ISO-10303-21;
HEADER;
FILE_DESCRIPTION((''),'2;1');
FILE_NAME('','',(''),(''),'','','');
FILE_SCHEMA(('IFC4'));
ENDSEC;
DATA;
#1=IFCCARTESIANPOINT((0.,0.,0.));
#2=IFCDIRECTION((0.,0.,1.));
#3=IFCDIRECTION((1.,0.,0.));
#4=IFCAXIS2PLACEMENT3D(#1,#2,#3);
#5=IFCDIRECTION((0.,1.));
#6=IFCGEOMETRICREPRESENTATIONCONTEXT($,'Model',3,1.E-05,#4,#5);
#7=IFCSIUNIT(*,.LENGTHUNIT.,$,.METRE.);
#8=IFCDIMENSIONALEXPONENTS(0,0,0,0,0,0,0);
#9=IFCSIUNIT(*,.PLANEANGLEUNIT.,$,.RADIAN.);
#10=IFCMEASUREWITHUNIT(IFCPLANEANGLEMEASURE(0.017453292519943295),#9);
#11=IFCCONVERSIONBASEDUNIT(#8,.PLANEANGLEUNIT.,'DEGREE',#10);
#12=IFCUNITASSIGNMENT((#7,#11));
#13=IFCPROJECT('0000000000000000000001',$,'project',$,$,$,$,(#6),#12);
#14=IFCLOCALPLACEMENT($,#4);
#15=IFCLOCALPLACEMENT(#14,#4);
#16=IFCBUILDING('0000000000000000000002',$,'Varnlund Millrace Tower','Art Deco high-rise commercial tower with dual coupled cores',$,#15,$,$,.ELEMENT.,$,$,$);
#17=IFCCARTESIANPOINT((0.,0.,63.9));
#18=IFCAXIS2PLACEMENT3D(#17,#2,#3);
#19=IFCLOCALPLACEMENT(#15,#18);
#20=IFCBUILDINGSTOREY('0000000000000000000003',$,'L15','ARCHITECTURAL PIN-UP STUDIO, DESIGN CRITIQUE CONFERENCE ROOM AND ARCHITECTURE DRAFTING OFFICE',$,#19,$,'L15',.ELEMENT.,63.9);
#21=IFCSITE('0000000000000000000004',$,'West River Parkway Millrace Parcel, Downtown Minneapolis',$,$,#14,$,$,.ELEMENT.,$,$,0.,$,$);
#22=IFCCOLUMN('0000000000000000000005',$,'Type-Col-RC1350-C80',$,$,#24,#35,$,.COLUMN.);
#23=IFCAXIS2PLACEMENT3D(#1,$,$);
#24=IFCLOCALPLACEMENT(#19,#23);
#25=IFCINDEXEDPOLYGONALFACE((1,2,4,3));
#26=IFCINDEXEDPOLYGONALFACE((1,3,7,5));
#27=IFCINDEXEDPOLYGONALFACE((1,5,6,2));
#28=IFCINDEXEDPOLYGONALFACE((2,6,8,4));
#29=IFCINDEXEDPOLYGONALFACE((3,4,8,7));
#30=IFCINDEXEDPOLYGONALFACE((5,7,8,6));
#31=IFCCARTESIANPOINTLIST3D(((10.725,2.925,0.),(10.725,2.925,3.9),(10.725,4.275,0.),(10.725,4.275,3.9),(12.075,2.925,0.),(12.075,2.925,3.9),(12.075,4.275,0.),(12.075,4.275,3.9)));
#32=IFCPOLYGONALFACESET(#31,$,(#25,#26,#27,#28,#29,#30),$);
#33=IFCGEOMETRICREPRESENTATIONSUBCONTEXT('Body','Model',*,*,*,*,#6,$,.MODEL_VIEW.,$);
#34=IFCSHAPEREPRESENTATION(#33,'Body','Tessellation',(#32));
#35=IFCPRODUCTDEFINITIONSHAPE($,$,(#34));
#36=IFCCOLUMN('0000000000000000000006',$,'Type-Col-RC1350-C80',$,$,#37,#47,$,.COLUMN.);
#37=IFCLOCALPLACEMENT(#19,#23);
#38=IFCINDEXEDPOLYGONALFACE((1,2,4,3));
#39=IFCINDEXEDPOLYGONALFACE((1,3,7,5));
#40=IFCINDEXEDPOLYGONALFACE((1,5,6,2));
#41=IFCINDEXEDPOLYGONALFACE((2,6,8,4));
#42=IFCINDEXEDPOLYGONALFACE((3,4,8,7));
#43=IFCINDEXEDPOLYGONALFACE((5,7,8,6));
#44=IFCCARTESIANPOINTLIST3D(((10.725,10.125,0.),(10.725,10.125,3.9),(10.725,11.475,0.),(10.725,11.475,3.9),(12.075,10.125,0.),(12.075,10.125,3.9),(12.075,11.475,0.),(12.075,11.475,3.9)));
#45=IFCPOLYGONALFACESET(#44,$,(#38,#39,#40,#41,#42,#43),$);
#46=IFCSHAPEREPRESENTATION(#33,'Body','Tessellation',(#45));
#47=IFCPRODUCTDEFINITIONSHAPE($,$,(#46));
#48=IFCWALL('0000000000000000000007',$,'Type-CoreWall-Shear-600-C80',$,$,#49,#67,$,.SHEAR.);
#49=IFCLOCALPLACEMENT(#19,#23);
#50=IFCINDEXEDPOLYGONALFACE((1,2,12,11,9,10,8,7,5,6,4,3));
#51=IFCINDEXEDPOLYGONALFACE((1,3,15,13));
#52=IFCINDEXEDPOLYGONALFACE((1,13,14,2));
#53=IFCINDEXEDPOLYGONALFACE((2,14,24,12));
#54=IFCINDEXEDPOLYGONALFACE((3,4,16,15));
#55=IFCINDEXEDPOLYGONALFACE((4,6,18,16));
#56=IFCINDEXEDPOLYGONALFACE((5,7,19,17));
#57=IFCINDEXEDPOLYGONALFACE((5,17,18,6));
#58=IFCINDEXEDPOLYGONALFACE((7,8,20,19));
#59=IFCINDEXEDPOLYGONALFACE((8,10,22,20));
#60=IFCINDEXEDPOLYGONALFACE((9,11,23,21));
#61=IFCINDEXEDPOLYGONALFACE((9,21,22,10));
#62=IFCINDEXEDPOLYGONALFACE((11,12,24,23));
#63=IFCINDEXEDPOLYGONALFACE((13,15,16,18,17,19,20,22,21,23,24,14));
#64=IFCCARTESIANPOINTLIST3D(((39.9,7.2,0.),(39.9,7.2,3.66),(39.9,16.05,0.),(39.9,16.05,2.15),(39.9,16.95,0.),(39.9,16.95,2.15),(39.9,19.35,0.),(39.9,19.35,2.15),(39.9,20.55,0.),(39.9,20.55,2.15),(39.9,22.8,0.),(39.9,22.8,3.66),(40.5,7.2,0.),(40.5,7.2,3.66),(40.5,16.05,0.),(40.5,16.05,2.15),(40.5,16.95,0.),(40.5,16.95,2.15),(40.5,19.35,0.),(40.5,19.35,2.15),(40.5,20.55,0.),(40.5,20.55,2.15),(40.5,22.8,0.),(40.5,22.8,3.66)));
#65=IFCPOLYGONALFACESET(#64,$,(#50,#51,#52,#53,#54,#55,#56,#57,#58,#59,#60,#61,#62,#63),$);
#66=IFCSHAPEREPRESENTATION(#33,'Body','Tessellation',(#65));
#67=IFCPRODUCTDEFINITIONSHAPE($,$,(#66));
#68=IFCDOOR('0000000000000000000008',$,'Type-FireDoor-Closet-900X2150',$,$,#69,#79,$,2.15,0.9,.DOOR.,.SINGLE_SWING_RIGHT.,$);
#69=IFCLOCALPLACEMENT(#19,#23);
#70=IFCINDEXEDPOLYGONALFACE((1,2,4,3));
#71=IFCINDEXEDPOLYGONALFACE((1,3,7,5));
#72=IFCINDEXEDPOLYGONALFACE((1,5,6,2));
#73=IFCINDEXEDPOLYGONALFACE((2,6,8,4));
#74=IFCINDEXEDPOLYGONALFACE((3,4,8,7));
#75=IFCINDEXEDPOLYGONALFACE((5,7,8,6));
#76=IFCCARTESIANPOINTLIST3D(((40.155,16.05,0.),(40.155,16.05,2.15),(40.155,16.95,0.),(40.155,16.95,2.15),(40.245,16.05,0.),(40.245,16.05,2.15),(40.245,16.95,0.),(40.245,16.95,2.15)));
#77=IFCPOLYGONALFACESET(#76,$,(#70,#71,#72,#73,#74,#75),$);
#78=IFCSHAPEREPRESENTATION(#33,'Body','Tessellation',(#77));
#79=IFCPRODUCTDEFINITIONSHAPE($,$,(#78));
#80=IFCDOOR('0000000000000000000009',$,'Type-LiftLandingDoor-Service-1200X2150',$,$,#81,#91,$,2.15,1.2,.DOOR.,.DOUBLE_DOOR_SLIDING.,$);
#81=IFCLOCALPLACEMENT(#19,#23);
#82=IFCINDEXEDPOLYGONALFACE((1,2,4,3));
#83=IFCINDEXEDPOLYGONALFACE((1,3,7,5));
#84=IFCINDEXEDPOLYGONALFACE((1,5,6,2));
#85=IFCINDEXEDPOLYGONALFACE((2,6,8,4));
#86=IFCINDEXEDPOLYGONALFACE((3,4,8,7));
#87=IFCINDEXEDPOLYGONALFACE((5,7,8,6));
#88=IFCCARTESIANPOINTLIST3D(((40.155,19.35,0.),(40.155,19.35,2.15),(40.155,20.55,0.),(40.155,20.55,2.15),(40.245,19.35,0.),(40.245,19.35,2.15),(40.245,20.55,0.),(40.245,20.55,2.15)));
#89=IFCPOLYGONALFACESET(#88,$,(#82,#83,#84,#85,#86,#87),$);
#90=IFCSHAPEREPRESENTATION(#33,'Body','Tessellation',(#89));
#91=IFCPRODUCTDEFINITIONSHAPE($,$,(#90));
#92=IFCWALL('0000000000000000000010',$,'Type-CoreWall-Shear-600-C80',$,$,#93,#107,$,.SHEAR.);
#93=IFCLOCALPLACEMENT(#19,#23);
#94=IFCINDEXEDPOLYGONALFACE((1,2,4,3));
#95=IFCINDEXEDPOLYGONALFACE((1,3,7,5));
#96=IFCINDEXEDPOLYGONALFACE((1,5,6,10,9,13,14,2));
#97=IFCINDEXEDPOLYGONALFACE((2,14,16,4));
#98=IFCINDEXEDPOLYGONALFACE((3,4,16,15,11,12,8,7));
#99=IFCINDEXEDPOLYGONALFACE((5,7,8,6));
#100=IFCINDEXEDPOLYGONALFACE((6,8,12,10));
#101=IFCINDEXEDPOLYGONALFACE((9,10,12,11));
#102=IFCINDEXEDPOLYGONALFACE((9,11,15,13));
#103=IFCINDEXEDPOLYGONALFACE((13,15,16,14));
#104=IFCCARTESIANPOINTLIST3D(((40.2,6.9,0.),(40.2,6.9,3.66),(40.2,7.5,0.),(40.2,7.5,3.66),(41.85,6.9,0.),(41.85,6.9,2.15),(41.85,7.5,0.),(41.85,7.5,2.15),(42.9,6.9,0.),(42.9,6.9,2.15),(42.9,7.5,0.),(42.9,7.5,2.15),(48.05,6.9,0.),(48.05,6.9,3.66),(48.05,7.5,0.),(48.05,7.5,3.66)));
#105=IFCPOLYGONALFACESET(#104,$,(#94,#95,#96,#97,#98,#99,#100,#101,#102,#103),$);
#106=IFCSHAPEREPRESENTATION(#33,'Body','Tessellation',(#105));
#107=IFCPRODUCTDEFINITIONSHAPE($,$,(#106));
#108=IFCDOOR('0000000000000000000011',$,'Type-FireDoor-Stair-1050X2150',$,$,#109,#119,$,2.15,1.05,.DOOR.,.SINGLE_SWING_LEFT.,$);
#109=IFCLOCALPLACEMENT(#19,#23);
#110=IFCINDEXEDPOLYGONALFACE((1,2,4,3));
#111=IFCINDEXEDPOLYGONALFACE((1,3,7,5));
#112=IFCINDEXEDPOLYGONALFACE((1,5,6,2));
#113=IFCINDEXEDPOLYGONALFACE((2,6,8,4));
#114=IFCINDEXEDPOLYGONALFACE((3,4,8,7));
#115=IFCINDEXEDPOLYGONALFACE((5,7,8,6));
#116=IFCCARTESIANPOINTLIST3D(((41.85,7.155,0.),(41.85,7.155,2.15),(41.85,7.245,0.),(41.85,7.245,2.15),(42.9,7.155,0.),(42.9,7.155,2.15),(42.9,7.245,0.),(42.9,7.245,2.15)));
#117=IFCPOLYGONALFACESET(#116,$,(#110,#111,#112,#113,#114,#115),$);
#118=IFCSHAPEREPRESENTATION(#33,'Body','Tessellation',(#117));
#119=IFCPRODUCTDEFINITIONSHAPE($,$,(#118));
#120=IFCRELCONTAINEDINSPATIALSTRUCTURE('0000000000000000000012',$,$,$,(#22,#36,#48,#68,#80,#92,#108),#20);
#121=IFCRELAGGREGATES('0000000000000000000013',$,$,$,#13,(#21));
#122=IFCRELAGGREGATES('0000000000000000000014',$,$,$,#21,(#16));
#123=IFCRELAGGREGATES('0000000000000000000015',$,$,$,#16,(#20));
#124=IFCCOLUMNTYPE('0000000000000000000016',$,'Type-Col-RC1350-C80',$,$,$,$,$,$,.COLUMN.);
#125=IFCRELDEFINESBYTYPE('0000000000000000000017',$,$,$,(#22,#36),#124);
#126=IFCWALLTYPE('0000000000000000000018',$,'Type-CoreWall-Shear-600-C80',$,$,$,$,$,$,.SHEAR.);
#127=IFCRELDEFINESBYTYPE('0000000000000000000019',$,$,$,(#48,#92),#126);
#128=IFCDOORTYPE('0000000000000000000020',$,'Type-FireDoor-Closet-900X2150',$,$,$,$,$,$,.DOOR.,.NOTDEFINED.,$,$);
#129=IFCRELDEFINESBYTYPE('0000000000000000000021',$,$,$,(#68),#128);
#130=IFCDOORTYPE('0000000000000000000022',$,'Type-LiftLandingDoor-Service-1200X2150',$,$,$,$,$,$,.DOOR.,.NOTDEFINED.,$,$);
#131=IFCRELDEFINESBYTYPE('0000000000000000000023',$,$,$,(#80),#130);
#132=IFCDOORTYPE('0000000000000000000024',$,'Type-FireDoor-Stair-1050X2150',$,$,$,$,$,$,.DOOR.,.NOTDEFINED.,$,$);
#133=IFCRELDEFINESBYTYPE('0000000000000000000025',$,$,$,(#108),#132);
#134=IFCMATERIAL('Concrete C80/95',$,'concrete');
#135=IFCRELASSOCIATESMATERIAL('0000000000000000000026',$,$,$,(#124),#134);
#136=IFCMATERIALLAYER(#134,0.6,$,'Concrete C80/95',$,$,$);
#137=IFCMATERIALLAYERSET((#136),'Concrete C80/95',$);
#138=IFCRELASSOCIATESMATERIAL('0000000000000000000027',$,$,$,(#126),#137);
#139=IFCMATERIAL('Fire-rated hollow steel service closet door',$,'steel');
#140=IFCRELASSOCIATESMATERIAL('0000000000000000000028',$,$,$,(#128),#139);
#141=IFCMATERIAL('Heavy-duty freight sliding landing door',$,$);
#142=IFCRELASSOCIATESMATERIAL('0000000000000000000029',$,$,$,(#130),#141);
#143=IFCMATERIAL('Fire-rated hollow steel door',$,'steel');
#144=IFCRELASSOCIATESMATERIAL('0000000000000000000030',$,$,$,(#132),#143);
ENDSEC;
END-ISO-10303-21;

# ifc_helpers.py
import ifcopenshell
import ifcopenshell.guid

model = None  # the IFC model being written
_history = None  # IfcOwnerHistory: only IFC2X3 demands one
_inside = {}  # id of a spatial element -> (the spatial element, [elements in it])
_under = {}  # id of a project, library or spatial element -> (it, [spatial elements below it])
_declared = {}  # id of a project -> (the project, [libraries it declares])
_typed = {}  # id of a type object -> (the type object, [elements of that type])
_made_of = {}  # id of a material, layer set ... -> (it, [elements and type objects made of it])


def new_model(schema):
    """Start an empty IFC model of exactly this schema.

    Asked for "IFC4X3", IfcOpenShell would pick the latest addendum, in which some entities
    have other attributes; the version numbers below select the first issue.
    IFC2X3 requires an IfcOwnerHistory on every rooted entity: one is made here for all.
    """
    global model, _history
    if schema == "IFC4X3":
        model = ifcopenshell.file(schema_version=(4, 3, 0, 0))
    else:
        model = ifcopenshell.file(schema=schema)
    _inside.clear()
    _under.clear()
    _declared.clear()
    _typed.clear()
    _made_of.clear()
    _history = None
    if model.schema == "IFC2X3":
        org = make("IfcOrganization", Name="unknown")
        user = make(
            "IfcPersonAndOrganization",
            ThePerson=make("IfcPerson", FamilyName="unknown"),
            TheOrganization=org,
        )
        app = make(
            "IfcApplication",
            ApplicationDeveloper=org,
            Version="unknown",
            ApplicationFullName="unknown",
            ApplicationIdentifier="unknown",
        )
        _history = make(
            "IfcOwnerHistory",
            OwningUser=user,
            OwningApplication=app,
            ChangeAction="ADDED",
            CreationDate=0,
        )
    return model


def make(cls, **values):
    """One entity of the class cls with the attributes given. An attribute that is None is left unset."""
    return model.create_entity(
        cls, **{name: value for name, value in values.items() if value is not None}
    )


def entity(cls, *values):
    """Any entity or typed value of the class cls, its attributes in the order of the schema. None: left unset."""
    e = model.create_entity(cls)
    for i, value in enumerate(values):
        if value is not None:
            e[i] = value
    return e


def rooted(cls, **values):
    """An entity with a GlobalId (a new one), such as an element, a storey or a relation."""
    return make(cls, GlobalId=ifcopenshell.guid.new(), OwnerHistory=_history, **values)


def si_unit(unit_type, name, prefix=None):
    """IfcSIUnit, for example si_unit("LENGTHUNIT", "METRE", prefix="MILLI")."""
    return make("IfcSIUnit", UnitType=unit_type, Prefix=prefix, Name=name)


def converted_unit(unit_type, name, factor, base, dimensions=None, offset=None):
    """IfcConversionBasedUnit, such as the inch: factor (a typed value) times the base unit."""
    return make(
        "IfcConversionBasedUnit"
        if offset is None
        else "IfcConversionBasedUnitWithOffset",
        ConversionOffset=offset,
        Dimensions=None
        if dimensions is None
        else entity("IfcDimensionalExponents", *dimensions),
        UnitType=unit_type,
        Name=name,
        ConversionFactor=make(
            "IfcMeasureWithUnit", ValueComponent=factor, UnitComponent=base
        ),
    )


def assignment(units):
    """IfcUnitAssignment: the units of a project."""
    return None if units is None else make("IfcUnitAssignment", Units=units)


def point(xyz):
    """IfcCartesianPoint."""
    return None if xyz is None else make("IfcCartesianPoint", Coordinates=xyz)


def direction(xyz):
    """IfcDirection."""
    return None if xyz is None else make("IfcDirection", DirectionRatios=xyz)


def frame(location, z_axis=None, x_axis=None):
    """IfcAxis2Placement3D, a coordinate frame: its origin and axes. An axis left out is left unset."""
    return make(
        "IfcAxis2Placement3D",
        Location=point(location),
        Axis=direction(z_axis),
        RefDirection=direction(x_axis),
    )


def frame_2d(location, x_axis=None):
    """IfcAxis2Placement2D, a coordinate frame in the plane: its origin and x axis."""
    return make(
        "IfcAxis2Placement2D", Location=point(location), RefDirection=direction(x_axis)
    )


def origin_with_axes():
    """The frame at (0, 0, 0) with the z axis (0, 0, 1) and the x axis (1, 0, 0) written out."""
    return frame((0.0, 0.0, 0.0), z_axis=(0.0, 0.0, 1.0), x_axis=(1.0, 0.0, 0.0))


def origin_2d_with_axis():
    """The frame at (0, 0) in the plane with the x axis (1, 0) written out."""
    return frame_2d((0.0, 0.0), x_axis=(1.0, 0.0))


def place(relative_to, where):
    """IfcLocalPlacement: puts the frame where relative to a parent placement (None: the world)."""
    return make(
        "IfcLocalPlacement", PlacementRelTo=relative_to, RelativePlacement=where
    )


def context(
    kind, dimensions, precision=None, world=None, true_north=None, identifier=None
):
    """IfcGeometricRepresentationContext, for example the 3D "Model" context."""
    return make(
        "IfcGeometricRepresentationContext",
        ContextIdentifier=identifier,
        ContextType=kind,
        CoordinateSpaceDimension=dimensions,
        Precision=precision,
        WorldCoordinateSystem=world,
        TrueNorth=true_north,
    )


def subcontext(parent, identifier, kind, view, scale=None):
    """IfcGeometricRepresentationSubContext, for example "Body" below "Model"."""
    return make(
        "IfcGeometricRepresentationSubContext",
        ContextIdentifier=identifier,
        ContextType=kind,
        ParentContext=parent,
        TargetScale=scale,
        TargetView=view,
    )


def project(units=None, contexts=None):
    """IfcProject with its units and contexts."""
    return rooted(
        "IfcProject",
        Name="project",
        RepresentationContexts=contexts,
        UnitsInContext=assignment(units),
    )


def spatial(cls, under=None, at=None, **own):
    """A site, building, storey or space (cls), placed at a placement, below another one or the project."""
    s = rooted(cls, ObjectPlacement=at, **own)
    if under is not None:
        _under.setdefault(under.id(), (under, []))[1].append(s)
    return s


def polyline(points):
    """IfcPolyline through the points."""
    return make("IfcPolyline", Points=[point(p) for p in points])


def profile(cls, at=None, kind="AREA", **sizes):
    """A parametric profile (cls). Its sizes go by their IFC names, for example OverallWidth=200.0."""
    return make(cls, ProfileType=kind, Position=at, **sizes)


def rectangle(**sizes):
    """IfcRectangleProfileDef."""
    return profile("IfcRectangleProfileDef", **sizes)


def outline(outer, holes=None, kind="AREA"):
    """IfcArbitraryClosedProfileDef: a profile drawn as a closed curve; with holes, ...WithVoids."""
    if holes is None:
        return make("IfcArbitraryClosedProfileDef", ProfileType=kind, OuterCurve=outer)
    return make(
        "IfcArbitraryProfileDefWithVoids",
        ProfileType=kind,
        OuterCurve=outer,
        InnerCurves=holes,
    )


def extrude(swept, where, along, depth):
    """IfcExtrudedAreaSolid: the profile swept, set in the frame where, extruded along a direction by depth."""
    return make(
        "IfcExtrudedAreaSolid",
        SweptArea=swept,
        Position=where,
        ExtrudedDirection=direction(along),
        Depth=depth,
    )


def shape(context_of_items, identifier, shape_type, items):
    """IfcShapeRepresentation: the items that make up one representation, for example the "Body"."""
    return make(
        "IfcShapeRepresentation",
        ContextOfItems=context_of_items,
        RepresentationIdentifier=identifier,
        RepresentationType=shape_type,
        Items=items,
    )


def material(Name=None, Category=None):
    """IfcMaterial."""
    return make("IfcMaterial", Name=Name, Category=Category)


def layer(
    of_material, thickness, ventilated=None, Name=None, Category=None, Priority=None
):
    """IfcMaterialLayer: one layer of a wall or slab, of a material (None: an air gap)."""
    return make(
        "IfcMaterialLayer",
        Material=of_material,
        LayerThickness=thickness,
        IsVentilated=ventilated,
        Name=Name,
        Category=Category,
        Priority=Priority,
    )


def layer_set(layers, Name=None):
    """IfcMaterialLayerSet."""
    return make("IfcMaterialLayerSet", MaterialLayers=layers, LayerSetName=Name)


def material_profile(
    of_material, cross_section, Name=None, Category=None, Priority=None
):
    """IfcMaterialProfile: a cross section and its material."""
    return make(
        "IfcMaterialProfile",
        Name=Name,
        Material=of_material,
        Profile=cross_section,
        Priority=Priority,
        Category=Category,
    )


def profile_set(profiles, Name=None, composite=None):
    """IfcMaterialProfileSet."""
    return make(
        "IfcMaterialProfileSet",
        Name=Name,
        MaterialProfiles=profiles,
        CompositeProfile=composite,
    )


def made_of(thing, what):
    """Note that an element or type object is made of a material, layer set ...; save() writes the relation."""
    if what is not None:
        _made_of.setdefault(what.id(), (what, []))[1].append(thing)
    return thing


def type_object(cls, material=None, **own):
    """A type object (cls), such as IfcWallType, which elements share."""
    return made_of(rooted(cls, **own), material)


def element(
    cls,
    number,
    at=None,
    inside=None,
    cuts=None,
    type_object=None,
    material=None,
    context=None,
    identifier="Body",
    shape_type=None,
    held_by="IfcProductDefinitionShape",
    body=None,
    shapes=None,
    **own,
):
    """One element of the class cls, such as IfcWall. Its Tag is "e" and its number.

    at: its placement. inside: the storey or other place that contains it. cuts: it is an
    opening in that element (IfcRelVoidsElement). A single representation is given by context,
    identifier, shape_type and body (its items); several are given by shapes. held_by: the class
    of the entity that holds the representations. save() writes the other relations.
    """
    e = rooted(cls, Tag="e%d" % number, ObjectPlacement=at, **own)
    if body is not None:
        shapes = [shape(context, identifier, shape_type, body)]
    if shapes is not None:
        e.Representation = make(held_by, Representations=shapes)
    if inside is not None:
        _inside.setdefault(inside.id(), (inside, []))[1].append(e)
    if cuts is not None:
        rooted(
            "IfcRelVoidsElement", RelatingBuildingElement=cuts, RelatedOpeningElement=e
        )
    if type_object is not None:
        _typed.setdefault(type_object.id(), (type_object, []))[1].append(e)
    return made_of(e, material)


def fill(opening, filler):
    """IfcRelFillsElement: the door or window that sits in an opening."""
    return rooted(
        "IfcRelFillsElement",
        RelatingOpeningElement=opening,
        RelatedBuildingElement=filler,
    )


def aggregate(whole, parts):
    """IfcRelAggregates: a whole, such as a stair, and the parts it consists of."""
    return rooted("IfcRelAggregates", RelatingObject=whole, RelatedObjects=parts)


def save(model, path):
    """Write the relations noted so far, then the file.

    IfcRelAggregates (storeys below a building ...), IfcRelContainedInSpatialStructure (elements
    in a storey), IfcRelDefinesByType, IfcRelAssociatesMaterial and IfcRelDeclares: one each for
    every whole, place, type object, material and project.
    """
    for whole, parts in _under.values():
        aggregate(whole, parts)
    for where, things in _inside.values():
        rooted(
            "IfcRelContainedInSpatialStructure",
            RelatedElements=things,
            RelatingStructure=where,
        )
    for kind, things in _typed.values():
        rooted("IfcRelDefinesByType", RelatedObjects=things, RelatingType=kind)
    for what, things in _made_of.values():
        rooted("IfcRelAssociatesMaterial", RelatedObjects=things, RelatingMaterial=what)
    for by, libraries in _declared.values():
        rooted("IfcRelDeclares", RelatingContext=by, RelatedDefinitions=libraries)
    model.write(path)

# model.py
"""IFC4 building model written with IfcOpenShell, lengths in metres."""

from ifc_helpers import new_model, entity, si_unit, converted_unit, direction, frame, origin_with_axes, origin_2d_with_axis, place, context, subcontext, project, spatial, polyline, rectangle, outline, extrude, material, layer, layer_set, material_profile, profile_set, type_object, element, fill, save


model = new_model("IFC4")

# Units and contexts
model_context = context("Model", 3, precision=1e-05, world=origin_with_axes(), true_north=direction((0.0, 1.0)))
body_context = subcontext(model_context, "Body", "Model", "MODEL_VIEW")
ifc_project = project(units=[si_unit("LENGTHUNIT", "METRE"), converted_unit("PLANEANGLEUNIT", "DEGREE", entity("IfcPlaneAngleMeasure", 0.017453292519943295), si_unit("PLANEANGLEUNIT", "RADIAN"), dimensions=[0, 0, 0, 0, 0, 0, 0])], contexts=[model_context])

# Site, building, storey
site_placement = place(None, origin_with_axes())
site = spatial("IfcSite", under=ifc_project, at=site_placement, Name="West River Parkway Millrace Parcel, Downtown Minneapolis", CompositionType="ELEMENT", RefElevation=0.0)
building_placement = place(site_placement, origin_with_axes())
building = spatial("IfcBuilding", under=site, at=building_placement, Name="Varnlund Millrace Tower", Description="Art Deco high-rise commercial tower with dual coupled cores", CompositionType="ELEMENT")
storey_placement = place(building_placement, frame((0.0, 0.0, 63.9), z_axis=(0.0, 0.0, 1.0), x_axis=(1.0, 0.0, 0.0)))
storey = spatial("IfcBuildingStorey", under=building, at=storey_placement, Name="L15", Description="ARCHITECTURAL PIN-UP STUDIO, DESIGN CRITIQUE CONFERENCE ROOM AND ARCHITECTURE DRAFTING OFFICE", LongName="L15", CompositionType="ELEMENT", Elevation=63.9)

# Columns
ifc_material_1 = material(Name="Concrete C80/95", Category="concrete")
ifc_material_profile = material_profile(ifc_material_1, rectangle(XDim=1.35, YDim=1.35, at=origin_2d_with_axis()), Name="Concrete C80/95")
ifc_profile_set = profile_set([ifc_material_profile], Name="Concrete C80/95")
column_type = type_object("IfcColumnType", Name="Type-Col-RC1350-C80", PredefinedType="COLUMN", material=ifc_profile_set)
for number, where, z_axis, x_axis, name in (
    (1, (11.4, 3.6, 0.0), (0.0, 0.0, 1.0), (1.0, 0.0, 0.0), "Type-Col-RC1350-C80"),
    (2, (11.4, 10.8, 0.0), (0.0, 0.0, 1.0), (1.0, 0.0, 0.0), "Type-Col-RC1350-C80"),
):
    element("IfcColumn", number, at=place(storey_placement, frame(where, z_axis=z_axis, x_axis=x_axis)), inside=storey, type_object=column_type, Name=name, PredefinedType="COLUMN", context=body_context, shape_type="SweptSolid", body=[
        extrude(rectangle(XDim=1.35, YDim=1.35, at=origin_2d_with_axis()), origin_with_axes(), (0.0, 0.0, 1.0), 3.9),
    ])

# Wall, openings, doors
ifc_layer_1 = layer(ifc_material_1, 0.6, Name="Concrete C80/95")
ifc_layer_set_1 = layer_set([ifc_layer_1], Name="Concrete C80/95")
wall_type_1 = type_object("IfcWallType", Name="Type-CoreWall-Shear-600-C80", PredefinedType="SHEAR", material=ifc_layer_set_1)
wall_1_placement = place(storey_placement, frame((40.2, 7.2, 0.0), z_axis=(0.0, 0.0, 1.0), x_axis=(0.0, 1.0, 0.0)))
wall_1 = element("IfcWall", 3, at=wall_1_placement, inside=storey, type_object=wall_type_1, Name="Type-CoreWall-Shear-600-C80", PredefinedType="SHEAR", context=body_context, shape_type="SweptSolid", body=[
    extrude(outline(polyline([(0.0, -0.3), (15.6, -0.3), (15.6, 0.3), (0.0, 0.3), (0.0, -0.3)])), origin_with_axes(), (0.0, 0.0, 1.0), 3.66),
])
opening_1_placement = place(wall_1_placement, frame((12.75, 0.0, 0.0), z_axis=(0.0, 0.0, 1.0), x_axis=(1.0, 0.0, 0.0)))
opening_1 = element("IfcOpeningElement", 4, at=opening_1_placement, cuts=wall_1, PredefinedType="OPENING", context=body_context, shape_type="SweptSolid", body=[
    extrude(rectangle(XDim=1.2, YDim=0.62, at=origin_2d_with_axis()), origin_with_axes(), (0.0, 0.0, 1.0), 2.15),
])
opening_2_placement = place(wall_1_placement, frame((9.3, 0.0, 0.0), z_axis=(0.0, 0.0, 1.0), x_axis=(1.0, 0.0, 0.0)))
opening_2 = element("IfcOpeningElement", 5, at=opening_2_placement, cuts=wall_1, PredefinedType="OPENING", context=body_context, shape_type="SweptSolid", body=[
    extrude(rectangle(XDim=0.9, YDim=0.62, at=origin_2d_with_axis()), origin_with_axes(), (0.0, 0.0, 1.0), 2.15),
])
ifc_material_2 = material(Name="Fire-rated hollow steel service closet door", Category="steel")
door_type_1 = type_object("IfcDoorType", Name="Type-FireDoor-Closet-900X2150", OperationType="NOTDEFINED", PredefinedType="DOOR", material=ifc_material_2)
door_1_placement = place(wall_1_placement, frame((9.3, 0.0, 0.0), z_axis=(0.0, 0.0, 1.0), x_axis=(1.0, 0.0, 0.0)))
door_1 = element("IfcDoor", 6, at=door_1_placement, inside=storey, type_object=door_type_1, Name="Type-FireDoor-Closet-900X2150", OperationType="SINGLE_SWING_RIGHT", OverallHeight=2.15, OverallWidth=0.9, PredefinedType="DOOR", context=body_context, shape_type="SweptSolid", body=[
    extrude(rectangle(XDim=0.9, YDim=0.09, at=origin_2d_with_axis()), origin_with_axes(), (0.0, 0.0, 1.0), 2.15),
])
fill(opening_2, door_1)
ifc_material_3 = material(Name="Heavy-duty freight sliding landing door")
door_type_2 = type_object("IfcDoorType", Name="Type-LiftLandingDoor-Service-1200X2150", OperationType="NOTDEFINED", PredefinedType="DOOR", material=ifc_material_3)
door_2_placement = place(wall_1_placement, frame((12.75, 0.0, 0.0), z_axis=(0.0, 0.0, 1.0), x_axis=(1.0, 0.0, 0.0)))
door_2 = element("IfcDoor", 7, at=door_2_placement, inside=storey, type_object=door_type_2, Name="Type-LiftLandingDoor-Service-1200X2150", OperationType="DOUBLE_DOOR_SLIDING", OverallHeight=2.15, OverallWidth=1.2, PredefinedType="DOOR", context=body_context, shape_type="SweptSolid", body=[
    extrude(rectangle(XDim=1.2, YDim=0.09, at=origin_2d_with_axis()), origin_with_axes(), (0.0, 0.0, 1.0), 2.15),
])
fill(opening_1, door_2)

# Wall, opening, door
wall_2_placement = place(storey_placement, frame((40.2, 7.2, 0.0), z_axis=(0.0, 0.0, 1.0), x_axis=(1.0, 0.0, 0.0)))
wall_2 = element("IfcWall", 8, at=wall_2_placement, inside=storey, type_object=wall_type_1, Name="Type-CoreWall-Shear-600-C80", PredefinedType="SHEAR", context=body_context, shape_type="SweptSolid", body=[
    extrude(outline(polyline([(0.0, -0.3), (7.85, -0.3), (7.85, 0.3), (0.0, 0.3), (0.0, -0.3)])), origin_with_axes(), (0.0, 0.0, 1.0), 3.66),
])
opening_3_placement = place(wall_2_placement, frame((2.175, 0.0, 0.0), z_axis=(0.0, 0.0, 1.0), x_axis=(1.0, 0.0, 0.0)))
opening_3 = element("IfcOpeningElement", 9, at=opening_3_placement, cuts=wall_2, PredefinedType="OPENING", context=body_context, shape_type="SweptSolid", body=[
    extrude(rectangle(XDim=1.05, YDim=0.62, at=origin_2d_with_axis()), origin_with_axes(), (0.0, 0.0, 1.0), 2.15),
])
ifc_material_4 = material(Name="Fire-rated hollow steel door", Category="steel")
door_type_3 = type_object("IfcDoorType", Name="Type-FireDoor-Stair-1050X2150", OperationType="NOTDEFINED", PredefinedType="DOOR", material=ifc_material_4)
door_3_placement = place(wall_2_placement, frame((2.175, 0.0, 0.0), z_axis=(0.0, 0.0, 1.0), x_axis=(1.0, 0.0, 0.0)))
door_3 = element("IfcDoor", 10, at=door_3_placement, inside=storey, type_object=door_type_3, Name="Type-FireDoor-Stair-1050X2150", OperationType="SINGLE_SWING_LEFT", OverallHeight=2.15, OverallWidth=1.05, PredefinedType="DOOR", context=body_context, shape_type="SweptSolid", body=[
    extrude(rectangle(XDim=1.05, YDim=0.09, at=origin_2d_with_axis()), origin_with_axes(), (0.0, 0.0, 1.0), 2.15),
])
fill(opening_3, door_3)

save(model, "model.ifc")
